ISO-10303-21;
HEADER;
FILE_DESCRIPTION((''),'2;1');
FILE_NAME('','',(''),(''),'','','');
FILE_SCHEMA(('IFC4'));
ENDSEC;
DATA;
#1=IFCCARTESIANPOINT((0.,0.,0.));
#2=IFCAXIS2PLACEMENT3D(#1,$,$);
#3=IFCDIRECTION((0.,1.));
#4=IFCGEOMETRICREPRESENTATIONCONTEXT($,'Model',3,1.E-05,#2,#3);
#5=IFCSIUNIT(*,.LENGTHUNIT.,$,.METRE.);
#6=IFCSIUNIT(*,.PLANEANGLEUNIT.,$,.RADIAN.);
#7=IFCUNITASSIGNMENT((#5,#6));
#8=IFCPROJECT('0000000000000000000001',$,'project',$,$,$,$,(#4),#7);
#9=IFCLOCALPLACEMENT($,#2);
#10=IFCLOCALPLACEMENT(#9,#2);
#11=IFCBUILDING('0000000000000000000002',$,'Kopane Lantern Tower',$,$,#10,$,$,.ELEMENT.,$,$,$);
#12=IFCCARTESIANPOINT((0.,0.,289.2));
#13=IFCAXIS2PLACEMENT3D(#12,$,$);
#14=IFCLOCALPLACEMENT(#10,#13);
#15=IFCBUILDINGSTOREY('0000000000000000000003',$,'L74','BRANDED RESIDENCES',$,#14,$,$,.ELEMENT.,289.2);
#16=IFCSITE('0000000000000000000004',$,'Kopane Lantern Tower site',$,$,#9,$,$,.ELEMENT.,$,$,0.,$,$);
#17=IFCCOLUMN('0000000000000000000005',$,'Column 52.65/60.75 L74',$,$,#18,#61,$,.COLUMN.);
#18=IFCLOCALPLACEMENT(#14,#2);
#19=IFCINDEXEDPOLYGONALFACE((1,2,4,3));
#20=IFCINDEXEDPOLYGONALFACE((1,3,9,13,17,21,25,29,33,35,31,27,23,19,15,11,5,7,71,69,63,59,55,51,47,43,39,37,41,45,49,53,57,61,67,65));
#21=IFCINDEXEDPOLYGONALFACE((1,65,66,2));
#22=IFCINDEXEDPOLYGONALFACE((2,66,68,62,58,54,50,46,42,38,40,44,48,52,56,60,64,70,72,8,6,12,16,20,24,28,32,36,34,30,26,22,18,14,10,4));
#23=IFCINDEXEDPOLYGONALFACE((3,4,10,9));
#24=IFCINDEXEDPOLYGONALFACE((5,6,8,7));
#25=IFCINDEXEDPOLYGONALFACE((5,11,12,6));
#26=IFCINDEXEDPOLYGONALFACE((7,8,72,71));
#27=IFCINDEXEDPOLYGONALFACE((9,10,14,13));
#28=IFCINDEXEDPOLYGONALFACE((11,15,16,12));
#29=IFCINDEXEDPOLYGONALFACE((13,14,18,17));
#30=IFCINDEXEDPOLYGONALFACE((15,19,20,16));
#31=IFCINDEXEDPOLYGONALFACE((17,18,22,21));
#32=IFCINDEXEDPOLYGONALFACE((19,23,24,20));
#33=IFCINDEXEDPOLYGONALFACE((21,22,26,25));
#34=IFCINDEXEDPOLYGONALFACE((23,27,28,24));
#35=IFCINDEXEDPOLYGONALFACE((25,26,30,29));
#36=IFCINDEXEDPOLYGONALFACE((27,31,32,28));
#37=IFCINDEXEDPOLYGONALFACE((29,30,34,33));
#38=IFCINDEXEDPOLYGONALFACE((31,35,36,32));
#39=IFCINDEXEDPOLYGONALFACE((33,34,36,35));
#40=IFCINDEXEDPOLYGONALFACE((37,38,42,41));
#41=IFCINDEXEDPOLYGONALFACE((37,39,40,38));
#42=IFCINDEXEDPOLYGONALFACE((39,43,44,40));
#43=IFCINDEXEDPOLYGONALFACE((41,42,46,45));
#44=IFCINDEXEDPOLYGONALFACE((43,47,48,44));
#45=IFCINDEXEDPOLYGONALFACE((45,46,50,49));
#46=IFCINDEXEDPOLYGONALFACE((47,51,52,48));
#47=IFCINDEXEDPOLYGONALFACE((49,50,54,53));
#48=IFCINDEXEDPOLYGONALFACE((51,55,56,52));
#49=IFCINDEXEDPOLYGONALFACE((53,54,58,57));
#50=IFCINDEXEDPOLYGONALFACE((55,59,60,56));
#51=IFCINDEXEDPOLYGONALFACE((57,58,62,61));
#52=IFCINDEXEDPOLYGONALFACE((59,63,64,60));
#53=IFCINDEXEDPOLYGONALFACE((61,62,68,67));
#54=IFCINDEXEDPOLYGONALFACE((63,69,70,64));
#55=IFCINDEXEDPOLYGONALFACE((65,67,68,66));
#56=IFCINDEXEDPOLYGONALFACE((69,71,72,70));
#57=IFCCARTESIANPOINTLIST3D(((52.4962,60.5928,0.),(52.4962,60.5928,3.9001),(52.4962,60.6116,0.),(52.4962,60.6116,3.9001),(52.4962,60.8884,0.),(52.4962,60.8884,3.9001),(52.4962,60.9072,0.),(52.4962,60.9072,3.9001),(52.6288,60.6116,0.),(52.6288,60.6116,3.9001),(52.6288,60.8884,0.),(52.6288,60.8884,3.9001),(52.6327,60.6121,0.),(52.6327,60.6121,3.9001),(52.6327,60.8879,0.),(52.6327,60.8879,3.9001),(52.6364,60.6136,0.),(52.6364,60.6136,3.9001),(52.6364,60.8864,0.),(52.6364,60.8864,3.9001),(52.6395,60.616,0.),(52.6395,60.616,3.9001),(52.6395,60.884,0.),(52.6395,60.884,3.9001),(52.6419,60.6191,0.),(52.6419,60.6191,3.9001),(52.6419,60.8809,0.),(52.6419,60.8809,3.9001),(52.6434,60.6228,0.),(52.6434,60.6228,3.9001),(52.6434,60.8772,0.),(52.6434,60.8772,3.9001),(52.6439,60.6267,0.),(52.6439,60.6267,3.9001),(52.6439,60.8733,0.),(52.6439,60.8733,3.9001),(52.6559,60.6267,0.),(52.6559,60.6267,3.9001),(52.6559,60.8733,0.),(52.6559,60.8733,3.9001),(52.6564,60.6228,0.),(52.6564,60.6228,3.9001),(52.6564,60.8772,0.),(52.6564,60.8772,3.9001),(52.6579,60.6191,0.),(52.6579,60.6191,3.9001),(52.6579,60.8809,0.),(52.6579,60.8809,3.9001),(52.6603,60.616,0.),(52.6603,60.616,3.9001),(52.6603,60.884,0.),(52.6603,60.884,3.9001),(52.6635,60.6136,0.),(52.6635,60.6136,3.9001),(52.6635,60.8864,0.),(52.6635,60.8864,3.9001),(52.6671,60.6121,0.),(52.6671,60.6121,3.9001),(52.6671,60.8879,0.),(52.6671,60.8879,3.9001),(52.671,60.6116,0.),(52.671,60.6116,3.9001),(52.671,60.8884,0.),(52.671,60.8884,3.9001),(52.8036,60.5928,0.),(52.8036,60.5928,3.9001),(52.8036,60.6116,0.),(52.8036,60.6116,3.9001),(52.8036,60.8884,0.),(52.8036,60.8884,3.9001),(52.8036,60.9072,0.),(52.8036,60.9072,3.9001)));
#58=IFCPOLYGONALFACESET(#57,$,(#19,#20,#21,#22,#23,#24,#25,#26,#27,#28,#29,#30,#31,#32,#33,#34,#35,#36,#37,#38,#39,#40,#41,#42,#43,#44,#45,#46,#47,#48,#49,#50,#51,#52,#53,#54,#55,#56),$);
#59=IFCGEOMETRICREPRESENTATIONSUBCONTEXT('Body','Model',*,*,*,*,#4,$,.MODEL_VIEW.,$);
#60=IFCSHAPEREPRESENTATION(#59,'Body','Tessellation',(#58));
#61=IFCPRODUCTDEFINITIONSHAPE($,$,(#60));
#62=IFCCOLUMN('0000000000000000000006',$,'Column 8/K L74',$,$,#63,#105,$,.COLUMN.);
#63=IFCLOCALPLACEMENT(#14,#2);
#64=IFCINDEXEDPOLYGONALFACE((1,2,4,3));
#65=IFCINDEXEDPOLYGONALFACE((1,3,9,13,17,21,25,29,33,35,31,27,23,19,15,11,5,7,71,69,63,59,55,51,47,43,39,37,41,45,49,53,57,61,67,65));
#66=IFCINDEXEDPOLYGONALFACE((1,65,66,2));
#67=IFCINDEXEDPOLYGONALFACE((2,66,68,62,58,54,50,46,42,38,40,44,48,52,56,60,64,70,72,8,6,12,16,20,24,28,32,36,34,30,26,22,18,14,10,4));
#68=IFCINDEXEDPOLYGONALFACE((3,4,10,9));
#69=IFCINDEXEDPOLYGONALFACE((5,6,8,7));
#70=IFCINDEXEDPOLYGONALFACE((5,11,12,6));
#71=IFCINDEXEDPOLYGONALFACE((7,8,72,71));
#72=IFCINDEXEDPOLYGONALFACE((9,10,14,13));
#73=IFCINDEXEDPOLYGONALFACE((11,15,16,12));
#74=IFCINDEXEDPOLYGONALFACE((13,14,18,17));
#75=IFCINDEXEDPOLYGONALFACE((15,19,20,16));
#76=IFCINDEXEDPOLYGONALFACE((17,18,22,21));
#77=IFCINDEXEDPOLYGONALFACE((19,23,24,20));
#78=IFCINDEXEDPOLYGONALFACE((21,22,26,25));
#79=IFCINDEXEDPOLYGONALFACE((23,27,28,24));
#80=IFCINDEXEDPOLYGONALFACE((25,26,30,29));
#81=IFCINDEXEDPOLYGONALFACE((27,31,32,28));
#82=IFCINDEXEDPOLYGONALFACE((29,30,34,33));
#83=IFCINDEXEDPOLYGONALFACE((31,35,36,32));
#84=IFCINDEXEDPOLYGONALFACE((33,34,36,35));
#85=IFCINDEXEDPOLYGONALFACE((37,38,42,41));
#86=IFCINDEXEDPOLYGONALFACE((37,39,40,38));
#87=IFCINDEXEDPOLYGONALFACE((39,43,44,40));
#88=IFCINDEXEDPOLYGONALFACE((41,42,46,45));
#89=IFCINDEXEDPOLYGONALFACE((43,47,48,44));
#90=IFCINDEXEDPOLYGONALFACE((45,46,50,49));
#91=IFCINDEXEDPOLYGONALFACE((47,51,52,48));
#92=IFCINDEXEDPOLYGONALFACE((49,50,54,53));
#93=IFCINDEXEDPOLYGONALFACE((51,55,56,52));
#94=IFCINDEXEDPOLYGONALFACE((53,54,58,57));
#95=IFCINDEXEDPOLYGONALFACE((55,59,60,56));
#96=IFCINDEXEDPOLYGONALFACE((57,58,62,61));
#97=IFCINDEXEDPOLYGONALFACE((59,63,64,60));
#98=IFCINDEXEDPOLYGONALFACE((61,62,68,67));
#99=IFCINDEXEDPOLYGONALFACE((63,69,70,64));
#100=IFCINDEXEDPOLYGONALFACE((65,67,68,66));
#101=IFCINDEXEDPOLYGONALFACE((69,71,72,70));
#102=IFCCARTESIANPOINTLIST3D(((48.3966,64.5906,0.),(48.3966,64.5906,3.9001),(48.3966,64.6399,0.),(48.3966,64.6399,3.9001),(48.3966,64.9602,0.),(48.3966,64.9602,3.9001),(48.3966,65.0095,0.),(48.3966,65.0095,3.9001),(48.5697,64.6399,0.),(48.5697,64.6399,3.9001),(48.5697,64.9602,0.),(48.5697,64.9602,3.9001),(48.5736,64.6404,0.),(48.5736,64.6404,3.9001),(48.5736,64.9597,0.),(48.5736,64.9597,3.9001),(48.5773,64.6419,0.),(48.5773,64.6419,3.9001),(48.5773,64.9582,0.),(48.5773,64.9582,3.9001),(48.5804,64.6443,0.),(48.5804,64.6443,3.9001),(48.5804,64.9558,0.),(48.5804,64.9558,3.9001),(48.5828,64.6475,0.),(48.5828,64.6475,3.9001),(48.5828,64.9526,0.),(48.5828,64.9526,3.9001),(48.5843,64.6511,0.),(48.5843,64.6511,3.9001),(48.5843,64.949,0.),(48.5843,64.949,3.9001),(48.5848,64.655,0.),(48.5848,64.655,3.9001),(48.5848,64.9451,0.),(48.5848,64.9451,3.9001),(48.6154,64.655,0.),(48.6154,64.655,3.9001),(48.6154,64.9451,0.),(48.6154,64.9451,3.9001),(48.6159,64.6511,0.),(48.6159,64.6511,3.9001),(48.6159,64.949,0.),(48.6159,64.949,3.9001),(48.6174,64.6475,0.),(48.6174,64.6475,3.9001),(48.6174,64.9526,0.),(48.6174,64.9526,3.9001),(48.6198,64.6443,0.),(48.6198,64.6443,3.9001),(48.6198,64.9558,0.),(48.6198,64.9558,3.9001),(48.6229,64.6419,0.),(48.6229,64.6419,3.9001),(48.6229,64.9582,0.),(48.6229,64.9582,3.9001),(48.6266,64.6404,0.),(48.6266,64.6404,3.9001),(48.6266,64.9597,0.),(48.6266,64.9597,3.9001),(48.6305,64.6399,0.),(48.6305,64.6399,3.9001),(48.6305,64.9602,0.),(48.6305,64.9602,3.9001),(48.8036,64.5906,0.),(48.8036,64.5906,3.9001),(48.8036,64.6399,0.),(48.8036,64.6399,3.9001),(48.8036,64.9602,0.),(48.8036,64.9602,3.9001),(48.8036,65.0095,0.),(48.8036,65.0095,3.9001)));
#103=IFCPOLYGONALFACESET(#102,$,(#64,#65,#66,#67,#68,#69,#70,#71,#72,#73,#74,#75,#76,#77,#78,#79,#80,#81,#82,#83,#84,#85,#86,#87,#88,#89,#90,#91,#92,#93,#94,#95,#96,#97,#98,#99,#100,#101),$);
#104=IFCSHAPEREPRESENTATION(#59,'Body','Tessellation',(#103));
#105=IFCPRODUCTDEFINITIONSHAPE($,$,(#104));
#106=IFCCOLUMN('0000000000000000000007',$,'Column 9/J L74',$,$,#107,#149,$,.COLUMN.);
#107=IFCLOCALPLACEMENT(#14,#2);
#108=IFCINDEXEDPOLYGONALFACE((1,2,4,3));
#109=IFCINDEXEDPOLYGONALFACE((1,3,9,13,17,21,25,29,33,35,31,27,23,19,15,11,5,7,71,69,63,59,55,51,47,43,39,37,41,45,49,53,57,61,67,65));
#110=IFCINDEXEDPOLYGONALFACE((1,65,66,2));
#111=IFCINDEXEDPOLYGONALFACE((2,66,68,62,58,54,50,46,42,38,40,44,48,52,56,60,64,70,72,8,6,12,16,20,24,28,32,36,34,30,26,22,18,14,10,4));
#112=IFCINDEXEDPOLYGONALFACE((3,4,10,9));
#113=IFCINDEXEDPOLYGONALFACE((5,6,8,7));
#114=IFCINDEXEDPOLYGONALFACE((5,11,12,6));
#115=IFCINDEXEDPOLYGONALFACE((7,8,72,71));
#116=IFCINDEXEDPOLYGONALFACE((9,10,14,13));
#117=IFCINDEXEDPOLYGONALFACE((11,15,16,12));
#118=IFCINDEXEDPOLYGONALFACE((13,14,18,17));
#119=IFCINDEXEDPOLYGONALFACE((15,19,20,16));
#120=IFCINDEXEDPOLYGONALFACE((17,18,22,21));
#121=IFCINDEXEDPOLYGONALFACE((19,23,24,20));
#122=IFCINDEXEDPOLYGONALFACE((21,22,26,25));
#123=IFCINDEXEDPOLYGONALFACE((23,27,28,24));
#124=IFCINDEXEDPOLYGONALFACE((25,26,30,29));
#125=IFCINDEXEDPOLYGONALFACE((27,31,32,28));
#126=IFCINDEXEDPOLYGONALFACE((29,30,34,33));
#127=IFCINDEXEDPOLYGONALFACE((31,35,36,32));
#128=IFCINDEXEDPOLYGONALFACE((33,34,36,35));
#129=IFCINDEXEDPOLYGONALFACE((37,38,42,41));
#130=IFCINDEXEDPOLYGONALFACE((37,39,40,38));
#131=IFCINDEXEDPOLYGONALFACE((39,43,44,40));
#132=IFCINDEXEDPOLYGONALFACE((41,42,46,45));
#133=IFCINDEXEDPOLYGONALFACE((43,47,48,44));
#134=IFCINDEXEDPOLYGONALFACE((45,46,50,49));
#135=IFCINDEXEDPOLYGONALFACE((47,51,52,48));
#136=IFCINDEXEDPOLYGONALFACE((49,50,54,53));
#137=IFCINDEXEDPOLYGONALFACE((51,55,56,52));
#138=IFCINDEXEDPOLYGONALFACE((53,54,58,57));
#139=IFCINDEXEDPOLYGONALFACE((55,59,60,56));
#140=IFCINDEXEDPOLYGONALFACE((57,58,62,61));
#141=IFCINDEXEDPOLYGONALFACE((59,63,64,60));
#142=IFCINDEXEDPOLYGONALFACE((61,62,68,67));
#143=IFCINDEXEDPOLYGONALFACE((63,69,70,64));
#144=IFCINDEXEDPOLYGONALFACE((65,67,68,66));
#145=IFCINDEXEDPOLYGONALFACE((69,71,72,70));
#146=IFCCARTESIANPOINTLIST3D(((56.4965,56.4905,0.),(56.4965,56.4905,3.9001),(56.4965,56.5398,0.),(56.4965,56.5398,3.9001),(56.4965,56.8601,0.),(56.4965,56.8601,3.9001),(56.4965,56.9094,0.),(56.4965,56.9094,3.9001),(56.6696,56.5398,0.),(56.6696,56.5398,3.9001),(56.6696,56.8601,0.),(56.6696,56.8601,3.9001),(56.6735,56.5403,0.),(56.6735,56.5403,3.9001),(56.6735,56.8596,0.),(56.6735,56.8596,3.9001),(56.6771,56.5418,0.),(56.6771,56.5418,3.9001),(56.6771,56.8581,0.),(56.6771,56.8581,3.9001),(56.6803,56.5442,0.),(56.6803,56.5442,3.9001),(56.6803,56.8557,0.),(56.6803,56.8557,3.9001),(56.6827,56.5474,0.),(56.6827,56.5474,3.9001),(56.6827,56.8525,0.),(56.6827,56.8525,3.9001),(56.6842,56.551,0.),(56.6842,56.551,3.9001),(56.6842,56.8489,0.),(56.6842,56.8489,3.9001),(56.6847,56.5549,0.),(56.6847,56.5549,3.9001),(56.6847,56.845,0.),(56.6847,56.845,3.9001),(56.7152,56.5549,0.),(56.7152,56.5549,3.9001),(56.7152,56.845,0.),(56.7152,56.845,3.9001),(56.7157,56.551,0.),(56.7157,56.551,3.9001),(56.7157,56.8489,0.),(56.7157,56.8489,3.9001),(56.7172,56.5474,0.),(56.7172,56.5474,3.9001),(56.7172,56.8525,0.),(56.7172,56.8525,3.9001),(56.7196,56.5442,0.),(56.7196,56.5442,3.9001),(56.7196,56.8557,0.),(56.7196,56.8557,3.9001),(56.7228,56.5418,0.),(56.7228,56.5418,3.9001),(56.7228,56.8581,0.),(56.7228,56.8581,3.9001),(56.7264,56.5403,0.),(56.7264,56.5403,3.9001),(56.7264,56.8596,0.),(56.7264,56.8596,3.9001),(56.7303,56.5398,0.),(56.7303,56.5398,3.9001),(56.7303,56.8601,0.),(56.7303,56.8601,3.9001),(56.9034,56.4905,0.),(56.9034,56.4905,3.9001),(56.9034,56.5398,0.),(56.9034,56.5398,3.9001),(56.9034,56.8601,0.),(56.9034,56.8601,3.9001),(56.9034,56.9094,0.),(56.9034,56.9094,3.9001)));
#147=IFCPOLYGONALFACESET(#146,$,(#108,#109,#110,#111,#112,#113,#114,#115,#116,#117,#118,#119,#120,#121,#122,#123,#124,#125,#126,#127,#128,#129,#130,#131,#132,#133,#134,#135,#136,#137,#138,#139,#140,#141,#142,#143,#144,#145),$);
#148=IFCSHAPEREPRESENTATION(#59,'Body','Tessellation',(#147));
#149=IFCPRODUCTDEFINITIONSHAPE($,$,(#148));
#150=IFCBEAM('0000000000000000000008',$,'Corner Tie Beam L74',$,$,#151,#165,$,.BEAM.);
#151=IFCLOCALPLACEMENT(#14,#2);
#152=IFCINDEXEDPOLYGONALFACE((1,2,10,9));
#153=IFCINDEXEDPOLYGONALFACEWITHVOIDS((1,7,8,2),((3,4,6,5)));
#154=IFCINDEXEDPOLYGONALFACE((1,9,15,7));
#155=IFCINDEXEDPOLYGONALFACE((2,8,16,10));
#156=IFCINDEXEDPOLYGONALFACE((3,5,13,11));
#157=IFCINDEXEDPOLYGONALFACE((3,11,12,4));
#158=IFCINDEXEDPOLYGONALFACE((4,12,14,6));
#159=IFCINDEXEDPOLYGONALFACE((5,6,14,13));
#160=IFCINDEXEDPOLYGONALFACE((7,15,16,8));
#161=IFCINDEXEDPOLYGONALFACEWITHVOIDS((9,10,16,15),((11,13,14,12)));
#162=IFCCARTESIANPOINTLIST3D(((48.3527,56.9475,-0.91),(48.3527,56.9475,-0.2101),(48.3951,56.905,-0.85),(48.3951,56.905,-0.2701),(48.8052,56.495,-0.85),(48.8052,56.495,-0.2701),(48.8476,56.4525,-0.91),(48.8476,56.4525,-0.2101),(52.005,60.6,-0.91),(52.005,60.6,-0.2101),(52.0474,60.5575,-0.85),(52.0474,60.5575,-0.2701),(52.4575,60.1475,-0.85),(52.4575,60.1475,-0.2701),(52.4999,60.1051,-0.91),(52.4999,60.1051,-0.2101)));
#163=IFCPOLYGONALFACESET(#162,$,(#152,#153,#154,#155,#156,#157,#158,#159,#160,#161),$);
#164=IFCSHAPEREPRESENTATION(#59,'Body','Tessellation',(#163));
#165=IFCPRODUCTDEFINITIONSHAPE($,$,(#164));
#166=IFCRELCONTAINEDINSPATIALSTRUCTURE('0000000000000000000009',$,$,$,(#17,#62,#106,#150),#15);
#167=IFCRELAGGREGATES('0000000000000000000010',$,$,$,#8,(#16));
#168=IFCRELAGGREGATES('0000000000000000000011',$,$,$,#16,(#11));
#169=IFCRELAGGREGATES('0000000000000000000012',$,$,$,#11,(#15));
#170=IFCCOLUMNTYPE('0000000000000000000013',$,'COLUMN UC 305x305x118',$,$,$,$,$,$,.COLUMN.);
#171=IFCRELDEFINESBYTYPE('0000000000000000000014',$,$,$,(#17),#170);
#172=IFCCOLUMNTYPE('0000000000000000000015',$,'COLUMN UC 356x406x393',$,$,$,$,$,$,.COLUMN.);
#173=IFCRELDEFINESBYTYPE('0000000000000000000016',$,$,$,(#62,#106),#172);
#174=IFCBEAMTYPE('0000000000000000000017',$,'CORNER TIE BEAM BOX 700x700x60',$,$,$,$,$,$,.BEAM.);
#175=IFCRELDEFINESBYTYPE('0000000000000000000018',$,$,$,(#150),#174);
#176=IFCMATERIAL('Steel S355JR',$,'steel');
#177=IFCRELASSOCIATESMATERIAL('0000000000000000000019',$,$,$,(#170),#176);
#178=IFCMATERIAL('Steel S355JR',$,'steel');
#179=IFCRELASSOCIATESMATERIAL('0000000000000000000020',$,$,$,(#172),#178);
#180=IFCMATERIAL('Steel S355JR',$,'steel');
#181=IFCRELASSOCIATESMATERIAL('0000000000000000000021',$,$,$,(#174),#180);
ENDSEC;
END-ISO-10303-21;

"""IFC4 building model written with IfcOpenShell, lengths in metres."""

from ifc_helpers import new_model, si_unit, direction, frame, origin, origin_2d, place, context, subcontext, project, spatial, hollow_rectangle, i_section, extrude, material, material_profile, profile_set, type_object, element, save


model = new_model("IFC4")

# Units and contexts
model_context = context("Model", 3, precision=1e-05, world=origin(), true_north=direction((0.0, 1.0)))
body_context = subcontext(model_context, "Body", "Model", "MODEL_VIEW")
ifc_project = project(units=[si_unit("LENGTHUNIT", "METRE"), si_unit("PLANEANGLEUNIT", "RADIAN")], contexts=[model_context])

# Site, building, storey
site_placement = place(None, origin())
site = spatial("IfcSite", under=ifc_project, at=site_placement, Name="Kopane Lantern Tower site", CompositionType="ELEMENT", RefElevation=0.0)
building_placement = place(site_placement, origin())
building = spatial("IfcBuilding", under=site, at=building_placement, Name="Kopane Lantern Tower", CompositionType="ELEMENT")
storey_placement = place(building_placement, frame((0.0, 0.0, 289.2)))
storey = spatial("IfcBuildingStorey", under=building, at=storey_placement, Name="L74", Description="BRANDED RESIDENCES", CompositionType="ELEMENT", Elevation=289.2)

# Columns
ifc_material_1 = material(Name="Steel S355JR", Category="steel")
ifc_material_profile_1 = material_profile(ifc_material_1, i_section(OverallWidth=0.3074, OverallDepth=0.3145, WebThickness=0.012, FlangeThickness=0.0188, FilletRadius=0.0151, at=origin_2d()), Name="UC 305x305x118")
ifc_profile_set_1 = profile_set([ifc_material_profile_1], Name="Steel S355JR")
column_type_1 = type_object("IfcColumnType", Name="COLUMN UC 305x305x118", PredefinedType="COLUMN", material=ifc_profile_set_1)
column_placement = place(storey_placement, frame((52.6499, 60.75, 0.0), z_axis=(0.0, 0.0, 1.0), x_axis=(1.0, 0.0, 0.0)))
element("IfcColumn", 1, at=column_placement, inside=storey, type_object=column_type_1, Name="Column 52.65/60.75 L74", PredefinedType="COLUMN", context=body_context, shape_type="SweptSolid", body=[
    extrude(i_section(OverallWidth=0.3074, OverallDepth=0.3145, WebThickness=0.012, FlangeThickness=0.0188, FilletRadius=0.0151, at=origin_2d()), origin(), (0.0, 0.0, 1.0), 3.9001),
])
ifc_material_2 = material(Name="Steel S355JR", Category="steel")
ifc_material_profile_2 = material_profile(ifc_material_2, i_section(OverallWidth=0.407, OverallDepth=0.4189, WebThickness=0.0305, FlangeThickness=0.0493, FilletRadius=0.0151, at=origin_2d()), Name="UC 356x406x393")
ifc_profile_set_2 = profile_set([ifc_material_profile_2], Name="Steel S355JR")
column_type_2 = type_object("IfcColumnType", Name="COLUMN UC 356x406x393", PredefinedType="COLUMN", material=ifc_profile_set_2)
for number, where, z_axis, x_axis, name in (
    (2, (48.6001, 64.8, 0.0), (0.0, 0.0, 1.0), (1.0, 0.0, 0.0), "Column 8/K L74"),
    (3, (56.7, 56.7, 0.0), (0.0, 0.0, 1.0), (1.0, 0.0, 0.0), "Column 9/J L74"),
):
    element("IfcColumn", number, at=place(storey_placement, frame(where, z_axis=z_axis, x_axis=x_axis)), inside=storey, type_object=column_type_2, Name=name, PredefinedType="COLUMN", context=body_context, shape_type="SweptSolid", body=[
        extrude(i_section(OverallWidth=0.407, OverallDepth=0.4189, WebThickness=0.0305, FlangeThickness=0.0493, FilletRadius=0.0151, at=origin_2d()), origin(), (0.0, 0.0, 1.0), 3.9001),
    ])

# Beam
ifc_material_3 = material(Name="Steel S355JR", Category="steel")
ifc_material_profile_3 = material_profile(ifc_material_3, hollow_rectangle(XDim=0.7, YDim=0.7, WallThickness=0.0601, at=origin_2d()), Name="BOX 700x700x60")
ifc_profile_set_3 = profile_set([ifc_material_profile_3], Name="Steel S355JR")
beam_type_1 = type_object("IfcBeamType", Name="CORNER TIE BEAM BOX 700x700x60", PredefinedType="BEAM", material=ifc_profile_set_3)
beam_1_placement = place(storey_placement, frame((52.2524, 60.3525, -0.5601), z_axis=(-0.707083, -0.70713, 0.0), x_axis=(0.70713, -0.707083, 0.0)))
element("IfcBeam", 4, at=beam_1_placement, inside=storey, type_object=beam_type_1, Name="Corner Tie Beam L74", PredefinedType="BEAM", context=body_context, shape_type="SweptSolid", body=[
    extrude(hollow_rectangle(XDim=0.7, YDim=0.7, WallThickness=0.0601, at=origin_2d()), origin(), (0.0, 0.0, 1.0), 5.1653),
])

save(model, "model.ifc")
